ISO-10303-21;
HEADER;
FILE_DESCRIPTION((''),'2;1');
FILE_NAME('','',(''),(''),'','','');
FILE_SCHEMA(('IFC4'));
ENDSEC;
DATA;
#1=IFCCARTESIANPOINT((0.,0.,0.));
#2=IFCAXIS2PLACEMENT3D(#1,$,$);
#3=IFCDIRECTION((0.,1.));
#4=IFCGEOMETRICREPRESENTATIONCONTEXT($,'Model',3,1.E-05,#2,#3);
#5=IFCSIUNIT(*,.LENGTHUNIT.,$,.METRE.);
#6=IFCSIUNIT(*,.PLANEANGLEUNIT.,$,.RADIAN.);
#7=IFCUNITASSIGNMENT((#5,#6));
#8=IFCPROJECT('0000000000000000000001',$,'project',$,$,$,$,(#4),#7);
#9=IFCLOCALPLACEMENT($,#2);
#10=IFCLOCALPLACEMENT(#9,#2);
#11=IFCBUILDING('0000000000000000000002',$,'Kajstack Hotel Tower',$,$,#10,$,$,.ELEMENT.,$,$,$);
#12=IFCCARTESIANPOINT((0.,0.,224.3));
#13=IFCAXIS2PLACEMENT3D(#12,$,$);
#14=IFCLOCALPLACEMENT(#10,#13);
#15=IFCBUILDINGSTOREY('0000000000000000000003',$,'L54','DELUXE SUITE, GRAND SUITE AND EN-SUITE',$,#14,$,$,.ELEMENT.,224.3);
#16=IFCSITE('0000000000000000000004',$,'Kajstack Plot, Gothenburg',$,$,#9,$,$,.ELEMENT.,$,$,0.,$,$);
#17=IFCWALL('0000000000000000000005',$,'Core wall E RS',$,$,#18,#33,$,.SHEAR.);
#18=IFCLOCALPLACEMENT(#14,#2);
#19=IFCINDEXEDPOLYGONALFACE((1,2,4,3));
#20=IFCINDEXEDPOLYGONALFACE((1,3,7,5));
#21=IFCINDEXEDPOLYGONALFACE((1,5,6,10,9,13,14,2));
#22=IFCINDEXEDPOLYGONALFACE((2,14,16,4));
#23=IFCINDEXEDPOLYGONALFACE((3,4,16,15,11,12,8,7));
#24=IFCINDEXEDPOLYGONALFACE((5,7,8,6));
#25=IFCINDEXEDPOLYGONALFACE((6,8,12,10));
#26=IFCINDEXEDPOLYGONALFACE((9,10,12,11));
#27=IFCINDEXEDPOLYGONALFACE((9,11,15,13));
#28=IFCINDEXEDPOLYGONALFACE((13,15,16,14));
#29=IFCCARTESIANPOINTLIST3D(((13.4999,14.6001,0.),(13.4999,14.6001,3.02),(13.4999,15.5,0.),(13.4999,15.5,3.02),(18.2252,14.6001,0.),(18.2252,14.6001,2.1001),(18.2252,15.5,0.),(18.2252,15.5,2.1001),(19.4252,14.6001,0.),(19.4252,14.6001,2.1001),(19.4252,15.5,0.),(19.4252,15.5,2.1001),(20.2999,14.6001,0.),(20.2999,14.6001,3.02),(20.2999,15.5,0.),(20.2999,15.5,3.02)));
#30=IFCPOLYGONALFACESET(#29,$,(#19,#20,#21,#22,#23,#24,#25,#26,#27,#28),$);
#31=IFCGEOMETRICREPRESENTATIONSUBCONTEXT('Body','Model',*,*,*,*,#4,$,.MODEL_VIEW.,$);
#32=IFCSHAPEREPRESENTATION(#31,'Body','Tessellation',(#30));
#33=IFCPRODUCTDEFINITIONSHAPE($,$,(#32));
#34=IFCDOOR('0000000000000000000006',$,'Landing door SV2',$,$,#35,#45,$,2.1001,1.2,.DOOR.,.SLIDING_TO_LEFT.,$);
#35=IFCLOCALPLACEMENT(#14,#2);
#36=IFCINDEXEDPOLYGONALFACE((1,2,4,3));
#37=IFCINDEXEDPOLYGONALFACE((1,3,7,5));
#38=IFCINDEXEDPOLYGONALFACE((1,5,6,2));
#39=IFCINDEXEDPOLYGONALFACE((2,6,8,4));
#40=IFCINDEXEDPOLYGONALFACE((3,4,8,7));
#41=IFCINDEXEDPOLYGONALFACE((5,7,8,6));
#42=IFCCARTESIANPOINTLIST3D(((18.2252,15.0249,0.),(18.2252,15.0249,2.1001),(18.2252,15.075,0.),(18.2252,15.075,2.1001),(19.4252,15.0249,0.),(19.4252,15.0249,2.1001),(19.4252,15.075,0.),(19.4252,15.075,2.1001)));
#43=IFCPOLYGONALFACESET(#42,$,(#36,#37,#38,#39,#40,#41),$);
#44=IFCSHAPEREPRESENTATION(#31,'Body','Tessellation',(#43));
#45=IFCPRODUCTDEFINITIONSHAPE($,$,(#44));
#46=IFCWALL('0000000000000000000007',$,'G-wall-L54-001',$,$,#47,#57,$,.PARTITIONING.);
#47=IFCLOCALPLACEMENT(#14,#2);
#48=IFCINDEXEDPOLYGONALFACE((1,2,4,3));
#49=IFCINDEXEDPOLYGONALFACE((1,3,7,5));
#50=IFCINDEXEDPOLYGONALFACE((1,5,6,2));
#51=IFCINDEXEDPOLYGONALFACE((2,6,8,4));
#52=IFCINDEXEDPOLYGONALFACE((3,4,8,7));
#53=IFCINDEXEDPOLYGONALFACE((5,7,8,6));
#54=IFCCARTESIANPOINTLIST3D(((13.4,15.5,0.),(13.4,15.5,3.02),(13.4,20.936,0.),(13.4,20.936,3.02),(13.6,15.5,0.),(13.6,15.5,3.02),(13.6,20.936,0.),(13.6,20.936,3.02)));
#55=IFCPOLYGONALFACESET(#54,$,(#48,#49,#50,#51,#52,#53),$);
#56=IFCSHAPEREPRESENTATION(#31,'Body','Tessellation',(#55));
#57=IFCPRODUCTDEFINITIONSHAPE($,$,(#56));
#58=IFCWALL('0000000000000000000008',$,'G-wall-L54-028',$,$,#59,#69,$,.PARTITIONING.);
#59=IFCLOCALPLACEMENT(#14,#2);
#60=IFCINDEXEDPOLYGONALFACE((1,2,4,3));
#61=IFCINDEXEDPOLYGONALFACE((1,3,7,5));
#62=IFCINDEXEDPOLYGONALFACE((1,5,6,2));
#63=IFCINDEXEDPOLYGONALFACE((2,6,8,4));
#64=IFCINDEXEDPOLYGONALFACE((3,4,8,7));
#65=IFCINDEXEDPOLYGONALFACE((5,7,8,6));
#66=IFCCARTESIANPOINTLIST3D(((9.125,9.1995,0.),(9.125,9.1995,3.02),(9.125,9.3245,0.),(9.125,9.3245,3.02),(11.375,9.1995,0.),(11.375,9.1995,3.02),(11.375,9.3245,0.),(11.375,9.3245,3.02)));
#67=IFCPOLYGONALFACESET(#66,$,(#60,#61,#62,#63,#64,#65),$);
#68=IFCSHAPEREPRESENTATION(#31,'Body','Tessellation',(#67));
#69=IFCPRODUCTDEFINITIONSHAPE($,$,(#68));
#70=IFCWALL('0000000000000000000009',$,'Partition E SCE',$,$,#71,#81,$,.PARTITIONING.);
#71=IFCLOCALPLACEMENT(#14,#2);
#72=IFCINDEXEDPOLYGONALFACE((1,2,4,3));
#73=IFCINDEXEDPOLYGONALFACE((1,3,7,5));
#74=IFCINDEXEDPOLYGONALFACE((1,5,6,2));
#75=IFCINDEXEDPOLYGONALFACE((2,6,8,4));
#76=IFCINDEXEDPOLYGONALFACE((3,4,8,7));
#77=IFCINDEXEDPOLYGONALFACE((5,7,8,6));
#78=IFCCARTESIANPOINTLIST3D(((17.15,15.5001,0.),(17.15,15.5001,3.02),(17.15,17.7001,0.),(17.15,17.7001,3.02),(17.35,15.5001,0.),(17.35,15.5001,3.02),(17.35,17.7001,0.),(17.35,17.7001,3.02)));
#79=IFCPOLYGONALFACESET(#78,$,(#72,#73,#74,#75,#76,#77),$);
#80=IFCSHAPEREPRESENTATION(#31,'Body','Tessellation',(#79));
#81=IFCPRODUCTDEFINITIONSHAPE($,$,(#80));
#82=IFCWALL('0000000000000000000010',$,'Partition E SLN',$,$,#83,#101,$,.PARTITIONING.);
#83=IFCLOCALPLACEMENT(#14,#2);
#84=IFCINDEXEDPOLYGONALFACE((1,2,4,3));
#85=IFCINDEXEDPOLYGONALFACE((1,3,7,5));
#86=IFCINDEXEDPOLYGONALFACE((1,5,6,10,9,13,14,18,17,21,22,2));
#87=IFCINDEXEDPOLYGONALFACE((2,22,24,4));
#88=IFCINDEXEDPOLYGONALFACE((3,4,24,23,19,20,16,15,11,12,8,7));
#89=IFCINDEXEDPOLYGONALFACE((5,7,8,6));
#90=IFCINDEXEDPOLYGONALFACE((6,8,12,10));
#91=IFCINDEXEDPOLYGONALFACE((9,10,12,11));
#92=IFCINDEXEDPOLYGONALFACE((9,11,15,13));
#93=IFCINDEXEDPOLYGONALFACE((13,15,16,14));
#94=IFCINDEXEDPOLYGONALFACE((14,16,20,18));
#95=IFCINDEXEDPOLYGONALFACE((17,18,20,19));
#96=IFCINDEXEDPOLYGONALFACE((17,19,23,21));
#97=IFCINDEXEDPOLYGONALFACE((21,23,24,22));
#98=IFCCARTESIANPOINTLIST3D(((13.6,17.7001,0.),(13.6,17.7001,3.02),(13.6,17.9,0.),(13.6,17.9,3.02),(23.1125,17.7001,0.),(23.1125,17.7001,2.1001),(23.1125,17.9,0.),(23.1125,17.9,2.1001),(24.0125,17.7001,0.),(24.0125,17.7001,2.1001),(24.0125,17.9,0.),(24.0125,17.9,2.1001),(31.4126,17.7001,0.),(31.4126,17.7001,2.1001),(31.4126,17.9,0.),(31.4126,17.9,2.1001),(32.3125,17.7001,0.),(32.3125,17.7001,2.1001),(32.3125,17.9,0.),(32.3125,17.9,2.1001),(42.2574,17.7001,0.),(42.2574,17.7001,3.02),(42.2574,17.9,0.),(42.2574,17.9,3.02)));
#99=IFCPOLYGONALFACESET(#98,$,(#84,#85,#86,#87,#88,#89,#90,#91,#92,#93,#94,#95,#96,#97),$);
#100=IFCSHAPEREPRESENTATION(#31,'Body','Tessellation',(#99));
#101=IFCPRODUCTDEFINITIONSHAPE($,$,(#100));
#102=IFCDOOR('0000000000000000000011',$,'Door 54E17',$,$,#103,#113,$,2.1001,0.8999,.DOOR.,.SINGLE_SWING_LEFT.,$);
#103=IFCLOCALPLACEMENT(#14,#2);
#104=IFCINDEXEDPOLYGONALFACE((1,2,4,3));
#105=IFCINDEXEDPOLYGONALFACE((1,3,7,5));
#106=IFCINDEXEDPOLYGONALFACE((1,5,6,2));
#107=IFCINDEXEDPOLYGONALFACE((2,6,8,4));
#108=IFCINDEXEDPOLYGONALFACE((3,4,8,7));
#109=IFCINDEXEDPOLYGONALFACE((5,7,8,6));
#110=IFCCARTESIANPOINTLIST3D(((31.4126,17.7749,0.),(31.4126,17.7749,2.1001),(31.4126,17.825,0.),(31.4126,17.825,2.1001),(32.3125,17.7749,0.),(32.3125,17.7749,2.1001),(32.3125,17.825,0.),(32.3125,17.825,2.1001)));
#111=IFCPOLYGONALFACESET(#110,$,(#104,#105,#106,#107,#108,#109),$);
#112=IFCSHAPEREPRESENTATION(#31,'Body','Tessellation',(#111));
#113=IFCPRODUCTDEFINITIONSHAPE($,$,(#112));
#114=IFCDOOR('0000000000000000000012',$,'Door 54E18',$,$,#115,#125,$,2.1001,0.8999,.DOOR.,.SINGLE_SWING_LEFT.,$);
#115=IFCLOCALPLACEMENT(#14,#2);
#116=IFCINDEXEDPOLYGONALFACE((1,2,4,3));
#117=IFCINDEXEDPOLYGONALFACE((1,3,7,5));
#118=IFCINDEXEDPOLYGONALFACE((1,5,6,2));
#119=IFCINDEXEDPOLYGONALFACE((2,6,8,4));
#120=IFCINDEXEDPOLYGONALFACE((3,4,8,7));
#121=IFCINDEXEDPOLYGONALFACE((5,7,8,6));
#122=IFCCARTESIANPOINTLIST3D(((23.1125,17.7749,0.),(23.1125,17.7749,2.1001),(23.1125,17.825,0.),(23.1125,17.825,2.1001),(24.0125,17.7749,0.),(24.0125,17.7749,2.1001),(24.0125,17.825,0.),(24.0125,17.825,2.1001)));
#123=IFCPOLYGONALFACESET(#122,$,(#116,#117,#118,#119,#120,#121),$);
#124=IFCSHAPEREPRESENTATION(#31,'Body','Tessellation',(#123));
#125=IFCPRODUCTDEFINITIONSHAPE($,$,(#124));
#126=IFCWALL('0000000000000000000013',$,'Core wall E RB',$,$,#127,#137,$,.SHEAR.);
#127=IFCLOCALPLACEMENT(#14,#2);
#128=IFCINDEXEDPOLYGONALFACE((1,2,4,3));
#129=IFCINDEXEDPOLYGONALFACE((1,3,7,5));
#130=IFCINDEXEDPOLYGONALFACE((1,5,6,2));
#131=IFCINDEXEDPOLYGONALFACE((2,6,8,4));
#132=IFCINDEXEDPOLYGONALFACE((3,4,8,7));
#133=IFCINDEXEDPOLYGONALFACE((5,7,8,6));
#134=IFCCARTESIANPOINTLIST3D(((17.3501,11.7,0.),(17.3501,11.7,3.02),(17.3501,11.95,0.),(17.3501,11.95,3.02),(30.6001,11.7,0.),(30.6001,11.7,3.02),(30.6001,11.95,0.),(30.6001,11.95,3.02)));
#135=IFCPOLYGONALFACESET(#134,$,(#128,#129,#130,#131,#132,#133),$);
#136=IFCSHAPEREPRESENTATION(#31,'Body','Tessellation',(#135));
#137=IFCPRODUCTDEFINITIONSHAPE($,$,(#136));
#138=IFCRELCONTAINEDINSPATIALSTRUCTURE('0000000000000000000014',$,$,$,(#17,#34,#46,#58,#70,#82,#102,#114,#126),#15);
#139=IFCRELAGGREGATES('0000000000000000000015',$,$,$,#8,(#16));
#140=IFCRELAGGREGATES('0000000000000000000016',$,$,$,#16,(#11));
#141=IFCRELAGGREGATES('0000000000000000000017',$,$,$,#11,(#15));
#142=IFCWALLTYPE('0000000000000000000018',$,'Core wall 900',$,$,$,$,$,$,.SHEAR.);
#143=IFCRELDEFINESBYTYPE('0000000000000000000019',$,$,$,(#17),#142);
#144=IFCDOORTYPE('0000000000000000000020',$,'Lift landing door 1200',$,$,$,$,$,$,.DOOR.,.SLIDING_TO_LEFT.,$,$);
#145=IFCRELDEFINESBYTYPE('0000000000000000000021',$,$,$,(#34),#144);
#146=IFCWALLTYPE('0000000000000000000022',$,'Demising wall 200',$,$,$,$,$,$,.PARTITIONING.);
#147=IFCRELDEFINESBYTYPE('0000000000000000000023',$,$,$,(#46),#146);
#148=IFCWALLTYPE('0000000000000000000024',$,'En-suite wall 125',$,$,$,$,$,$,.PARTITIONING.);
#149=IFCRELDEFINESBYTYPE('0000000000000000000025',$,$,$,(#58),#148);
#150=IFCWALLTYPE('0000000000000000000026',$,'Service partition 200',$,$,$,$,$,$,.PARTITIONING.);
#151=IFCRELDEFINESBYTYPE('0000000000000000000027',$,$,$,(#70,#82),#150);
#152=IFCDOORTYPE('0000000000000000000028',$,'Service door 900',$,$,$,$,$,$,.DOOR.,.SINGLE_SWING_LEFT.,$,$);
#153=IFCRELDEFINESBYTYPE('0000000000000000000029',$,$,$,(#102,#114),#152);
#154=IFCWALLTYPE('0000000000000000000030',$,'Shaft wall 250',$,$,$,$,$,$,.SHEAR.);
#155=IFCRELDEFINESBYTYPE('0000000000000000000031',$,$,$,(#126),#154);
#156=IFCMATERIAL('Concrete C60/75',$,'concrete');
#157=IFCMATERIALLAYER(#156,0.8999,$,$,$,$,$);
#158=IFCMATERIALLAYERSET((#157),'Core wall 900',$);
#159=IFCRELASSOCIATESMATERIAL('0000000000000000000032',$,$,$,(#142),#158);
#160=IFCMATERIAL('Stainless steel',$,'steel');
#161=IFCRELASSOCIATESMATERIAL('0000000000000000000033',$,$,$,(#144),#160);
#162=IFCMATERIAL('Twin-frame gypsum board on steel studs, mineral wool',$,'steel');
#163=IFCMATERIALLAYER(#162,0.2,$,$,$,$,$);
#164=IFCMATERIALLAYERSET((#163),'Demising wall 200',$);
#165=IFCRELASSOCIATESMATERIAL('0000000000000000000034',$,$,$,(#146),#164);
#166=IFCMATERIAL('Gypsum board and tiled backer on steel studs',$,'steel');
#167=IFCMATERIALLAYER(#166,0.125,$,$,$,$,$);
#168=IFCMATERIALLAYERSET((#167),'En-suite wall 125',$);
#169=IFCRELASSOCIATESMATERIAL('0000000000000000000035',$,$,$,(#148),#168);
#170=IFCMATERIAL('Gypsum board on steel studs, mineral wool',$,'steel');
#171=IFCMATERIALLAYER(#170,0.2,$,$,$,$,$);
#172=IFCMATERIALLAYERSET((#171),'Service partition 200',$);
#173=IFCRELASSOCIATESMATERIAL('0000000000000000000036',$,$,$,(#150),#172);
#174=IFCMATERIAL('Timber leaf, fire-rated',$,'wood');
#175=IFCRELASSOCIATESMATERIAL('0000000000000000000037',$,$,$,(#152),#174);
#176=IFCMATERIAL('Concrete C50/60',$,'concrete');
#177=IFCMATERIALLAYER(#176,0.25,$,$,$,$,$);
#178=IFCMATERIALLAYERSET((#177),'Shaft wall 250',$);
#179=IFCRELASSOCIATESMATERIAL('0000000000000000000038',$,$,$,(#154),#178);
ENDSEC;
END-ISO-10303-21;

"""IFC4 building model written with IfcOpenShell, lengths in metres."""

from ifc_helpers import new_model, si_unit, direction, frame, frame_2d, origin, place, context, subcontext, project, spatial, rectangle, extrude, material, layer, layer_set, type_object, element, fill, save


model = new_model("IFC4")

# Units and contexts
model_context = context("Model", 3, precision=1e-05, world=origin(), true_north=direction((0.0, 1.0)))
body_context = subcontext(model_context, "Body", "Model", "MODEL_VIEW")
ifc_project = project(units=[si_unit("LENGTHUNIT", "METRE"), si_unit("PLANEANGLEUNIT", "RADIAN")], contexts=[model_context])

# Site, building, storey
site_placement = place(None, origin())
site = spatial("IfcSite", under=ifc_project, at=site_placement, Name="Kajstack Plot, Gothenburg", CompositionType="ELEMENT", RefElevation=0.0)
building_placement = place(site_placement, origin())
building = spatial("IfcBuilding", under=site, at=building_placement, Name="Kajstack Hotel Tower", CompositionType="ELEMENT")
storey_placement = place(building_placement, frame((0.0, 0.0, 224.3)))
storey = spatial("IfcBuildingStorey", under=building, at=storey_placement, Name="L54", Description="DELUXE SUITE, GRAND SUITE AND EN-SUITE", CompositionType="ELEMENT", Elevation=224.3)

# Wall, opening, door
ifc_material_1 = material(Name="Concrete C60/75", Category="concrete")
ifc_layer_1 = layer(ifc_material_1, 0.8999)
ifc_layer_set_1 = layer_set([ifc_layer_1], Name="Core wall 900")
wall_type_1 = type_object("IfcWallType", Name="Core wall 900", PredefinedType="SHEAR", material=ifc_layer_set_1)
wall_1_placement = place(storey_placement, frame((13.5, 15.05, 0.0), z_axis=(0.0, 0.0, 1.0), x_axis=(1.0, 0.0, 0.0)))
wall_1 = element("IfcWall", 1, at=wall_1_placement, inside=storey, type_object=wall_type_1, Name="Core wall E RS", PredefinedType="SHEAR", context=body_context, shape_type="SweptSolid", body=[
    extrude(rectangle(XDim=6.8, YDim=0.8999, at=frame_2d((3.3999, 0.0))), origin(), (0.0, 0.0, 1.0), 3.02),
])
opening_1_placement = place(wall_1_placement, frame((4.7251, 0.0, 0.0)))
opening_1 = element("IfcOpeningElement", 2, at=opening_1_placement, cuts=wall_1, PredefinedType="OPENING", context=body_context, shape_type="SweptSolid", body=[
    extrude(rectangle(XDim=1.2, YDim=2.1001, at=frame_2d((0.6001, 1.05))), frame((0.0, 0.46, 0.0), z_axis=(0.0, -1.0, 0.0), x_axis=(1.0, 0.0, 0.0)), (0.0, 0.0, 1.0), 0.9199),
])
ifc_material_2 = material(Name="Stainless steel", Category="steel")
door_type_1 = type_object("IfcDoorType", Name="Lift landing door 1200", OperationType="SLIDING_TO_LEFT", PredefinedType="DOOR", material=ifc_material_2)
door_1_placement = place(opening_1_placement, origin())
door_1 = element("IfcDoor", 3, at=door_1_placement, inside=storey, type_object=door_type_1, Name="Landing door SV2", OperationType="SLIDING_TO_LEFT", OverallHeight=2.1001, OverallWidth=1.2, PredefinedType="DOOR", context=body_context, shape_type="SweptSolid", body=[
    extrude(rectangle(XDim=1.2, YDim=2.1001, at=frame_2d((0.6001, 1.05))), frame((0.0, 0.0249, 0.0), z_axis=(0.0, -1.0, 0.0), x_axis=(1.0, 0.0, 0.0)), (0.0, 0.0, 1.0), 0.05),
])
fill(opening_1, door_1)

# Wall
ifc_material_3 = material(Name="Twin-frame gypsum board on steel studs, mineral wool", Category="steel")
ifc_layer_2 = layer(ifc_material_3, 0.2)
ifc_layer_set_2 = layer_set([ifc_layer_2], Name="Demising wall 200")
wall_type_2 = type_object("IfcWallType", Name="Demising wall 200", PredefinedType="PARTITIONING", material=ifc_layer_set_2)
wall_2_placement = place(storey_placement, frame((13.5, 15.5, 0.0), z_axis=(0.0, 0.0, 1.0), x_axis=(0.0, 1.0, 0.0)))
element("IfcWall", 4, at=wall_2_placement, inside=storey, type_object=wall_type_2, Name="G-wall-L54-001", PredefinedType="PARTITIONING", context=body_context, shape_type="SweptSolid", body=[
    extrude(rectangle(XDim=5.436, YDim=0.2, at=frame_2d((2.718, 0.0))), origin(), (0.0, 0.0, 1.0), 3.02),
])

# Walls
ifc_material_4 = material(Name="Gypsum board and tiled backer on steel studs", Category="steel")
ifc_layer_3 = layer(ifc_material_4, 0.125)
ifc_layer_set_3 = layer_set([ifc_layer_3], Name="En-suite wall 125")
wall_type_3 = type_object("IfcWallType", Name="En-suite wall 125", PredefinedType="PARTITIONING", material=ifc_layer_set_3)
wall_3_placement = place(storey_placement, frame((9.125, 9.262, 0.0), z_axis=(0.0, 0.0, 1.0), x_axis=(1.0, 0.0, 0.0)))
element("IfcWall", 5, at=wall_3_placement, inside=storey, type_object=wall_type_3, Name="G-wall-L54-028", PredefinedType="PARTITIONING", context=body_context, shape_type="SweptSolid", body=[
    extrude(rectangle(XDim=2.25, YDim=0.125, at=frame_2d((1.125, 0.0))), origin(), (0.0, 0.0, 1.0), 3.02),
])
ifc_material_5 = material(Name="Gypsum board on steel studs, mineral wool", Category="steel")
ifc_layer_4 = layer(ifc_material_5, 0.2)
ifc_layer_set_4 = layer_set([ifc_layer_4], Name="Service partition 200")
wall_type_4 = type_object("IfcWallType", Name="Service partition 200", PredefinedType="PARTITIONING", material=ifc_layer_set_4)
wall_4_placement = place(storey_placement, frame((17.25, 15.5, 0.0), z_axis=(0.0, 0.0, 1.0), x_axis=(0.0, 1.0, 0.0)))
element("IfcWall", 6, at=wall_4_placement, inside=storey, type_object=wall_type_4, Name="Partition E SCE", PredefinedType="PARTITIONING", context=body_context, shape_type="SweptSolid", body=[
    extrude(rectangle(XDim=2.2, YDim=0.2, at=frame_2d((1.1001, 0.0))), origin(), (0.0, 0.0, 1.0), 3.02),
])

# Wall, openings, doors
wall_5_placement = place(storey_placement, frame((13.6001, 17.8, 0.0), z_axis=(0.0, 0.0, 1.0), x_axis=(1.0, 0.0, 0.0)))
wall_5 = element("IfcWall", 7, at=wall_5_placement, inside=storey, type_object=wall_type_4, Name="Partition E SLN", PredefinedType="PARTITIONING", context=body_context, shape_type="SweptSolid", body=[
    extrude(rectangle(XDim=28.6575, YDim=0.2, at=frame_2d((14.3286, 0.0))), origin(), (0.0, 0.0, 1.0), 3.02),
])
opening_2_placement = place(wall_5_placement, frame((17.8125, 0.0, 0.0)))
opening_2 = element("IfcOpeningElement", 8, at=opening_2_placement, cuts=wall_5, PredefinedType="OPENING", context=body_context, shape_type="SweptSolid", body=[
    extrude(rectangle(XDim=0.8999, YDim=2.1001, at=frame_2d((0.45, 1.05))), frame((0.0, 0.1099, 0.0), z_axis=(0.0, -1.0, 0.0), x_axis=(1.0, 0.0, 0.0)), (0.0, 0.0, 1.0), 0.22),
])
opening_3_placement = place(wall_5_placement, frame((9.5125, 0.0, 0.0)))
opening_3 = element("IfcOpeningElement", 9, at=opening_3_placement, cuts=wall_5, PredefinedType="OPENING", context=body_context, shape_type="SweptSolid", body=[
    extrude(rectangle(XDim=0.8999, YDim=2.1001, at=frame_2d((0.45, 1.05))), frame((0.0, 0.1099, 0.0), z_axis=(0.0, -1.0, 0.0), x_axis=(1.0, 0.0, 0.0)), (0.0, 0.0, 1.0), 0.22),
])
ifc_material_6 = material(Name="Timber leaf, fire-rated", Category="wood")
door_type_2 = type_object("IfcDoorType", Name="Service door 900", OperationType="SINGLE_SWING_LEFT", PredefinedType="DOOR", material=ifc_material_6)
door_2_placement = place(opening_2_placement, origin())
door_2 = element("IfcDoor", 10, at=door_2_placement, inside=storey, type_object=door_type_2, Name="Door 54E17", OperationType="SINGLE_SWING_LEFT", OverallHeight=2.1001, OverallWidth=0.8999, PredefinedType="DOOR", context=body_context, shape_type="SweptSolid", body=[
    extrude(rectangle(XDim=0.8999, YDim=2.1001, at=frame_2d((0.45, 1.05))), frame((0.0, 0.0249, 0.0), z_axis=(0.0, -1.0, 0.0), x_axis=(1.0, 0.0, 0.0)), (0.0, 0.0, 1.0), 0.05),
])
fill(opening_2, door_2)
door_3_placement = place(opening_3_placement, origin())
door_3 = element("IfcDoor", 11, at=door_3_placement, inside=storey, type_object=door_type_2, Name="Door 54E18", OperationType="SINGLE_SWING_LEFT", OverallHeight=2.1001, OverallWidth=0.8999, PredefinedType="DOOR", context=body_context, shape_type="SweptSolid", body=[
    extrude(rectangle(XDim=0.8999, YDim=2.1001, at=frame_2d((0.45, 1.05))), frame((0.0, 0.0249, 0.0), z_axis=(0.0, -1.0, 0.0), x_axis=(1.0, 0.0, 0.0)), (0.0, 0.0, 1.0), 0.05),
])
fill(opening_3, door_3)

# Wall
ifc_material_7 = material(Name="Concrete C50/60", Category="concrete")
ifc_layer_5 = layer(ifc_material_7, 0.25)
ifc_layer_set_5 = layer_set([ifc_layer_5], Name="Shaft wall 250")
wall_type_5 = type_object("IfcWallType", Name="Shaft wall 250", PredefinedType="SHEAR", material=ifc_layer_set_5)
wall_6_placement = place(storey_placement, frame((17.3501, 11.825, 0.0), z_axis=(0.0, 0.0, 1.0), x_axis=(1.0, 0.0, 0.0)))
element("IfcWall", 12, at=wall_6_placement, inside=storey, type_object=wall_type_5, Name="Core wall E RB", PredefinedType="SHEAR", context=body_context, shape_type="SweptSolid", body=[
    extrude(rectangle(XDim=13.25, YDim=0.25, at=frame_2d((6.625, 0.0))), origin(), (0.0, 0.0, 1.0), 3.02),
])

save(model, "model.ifc")
